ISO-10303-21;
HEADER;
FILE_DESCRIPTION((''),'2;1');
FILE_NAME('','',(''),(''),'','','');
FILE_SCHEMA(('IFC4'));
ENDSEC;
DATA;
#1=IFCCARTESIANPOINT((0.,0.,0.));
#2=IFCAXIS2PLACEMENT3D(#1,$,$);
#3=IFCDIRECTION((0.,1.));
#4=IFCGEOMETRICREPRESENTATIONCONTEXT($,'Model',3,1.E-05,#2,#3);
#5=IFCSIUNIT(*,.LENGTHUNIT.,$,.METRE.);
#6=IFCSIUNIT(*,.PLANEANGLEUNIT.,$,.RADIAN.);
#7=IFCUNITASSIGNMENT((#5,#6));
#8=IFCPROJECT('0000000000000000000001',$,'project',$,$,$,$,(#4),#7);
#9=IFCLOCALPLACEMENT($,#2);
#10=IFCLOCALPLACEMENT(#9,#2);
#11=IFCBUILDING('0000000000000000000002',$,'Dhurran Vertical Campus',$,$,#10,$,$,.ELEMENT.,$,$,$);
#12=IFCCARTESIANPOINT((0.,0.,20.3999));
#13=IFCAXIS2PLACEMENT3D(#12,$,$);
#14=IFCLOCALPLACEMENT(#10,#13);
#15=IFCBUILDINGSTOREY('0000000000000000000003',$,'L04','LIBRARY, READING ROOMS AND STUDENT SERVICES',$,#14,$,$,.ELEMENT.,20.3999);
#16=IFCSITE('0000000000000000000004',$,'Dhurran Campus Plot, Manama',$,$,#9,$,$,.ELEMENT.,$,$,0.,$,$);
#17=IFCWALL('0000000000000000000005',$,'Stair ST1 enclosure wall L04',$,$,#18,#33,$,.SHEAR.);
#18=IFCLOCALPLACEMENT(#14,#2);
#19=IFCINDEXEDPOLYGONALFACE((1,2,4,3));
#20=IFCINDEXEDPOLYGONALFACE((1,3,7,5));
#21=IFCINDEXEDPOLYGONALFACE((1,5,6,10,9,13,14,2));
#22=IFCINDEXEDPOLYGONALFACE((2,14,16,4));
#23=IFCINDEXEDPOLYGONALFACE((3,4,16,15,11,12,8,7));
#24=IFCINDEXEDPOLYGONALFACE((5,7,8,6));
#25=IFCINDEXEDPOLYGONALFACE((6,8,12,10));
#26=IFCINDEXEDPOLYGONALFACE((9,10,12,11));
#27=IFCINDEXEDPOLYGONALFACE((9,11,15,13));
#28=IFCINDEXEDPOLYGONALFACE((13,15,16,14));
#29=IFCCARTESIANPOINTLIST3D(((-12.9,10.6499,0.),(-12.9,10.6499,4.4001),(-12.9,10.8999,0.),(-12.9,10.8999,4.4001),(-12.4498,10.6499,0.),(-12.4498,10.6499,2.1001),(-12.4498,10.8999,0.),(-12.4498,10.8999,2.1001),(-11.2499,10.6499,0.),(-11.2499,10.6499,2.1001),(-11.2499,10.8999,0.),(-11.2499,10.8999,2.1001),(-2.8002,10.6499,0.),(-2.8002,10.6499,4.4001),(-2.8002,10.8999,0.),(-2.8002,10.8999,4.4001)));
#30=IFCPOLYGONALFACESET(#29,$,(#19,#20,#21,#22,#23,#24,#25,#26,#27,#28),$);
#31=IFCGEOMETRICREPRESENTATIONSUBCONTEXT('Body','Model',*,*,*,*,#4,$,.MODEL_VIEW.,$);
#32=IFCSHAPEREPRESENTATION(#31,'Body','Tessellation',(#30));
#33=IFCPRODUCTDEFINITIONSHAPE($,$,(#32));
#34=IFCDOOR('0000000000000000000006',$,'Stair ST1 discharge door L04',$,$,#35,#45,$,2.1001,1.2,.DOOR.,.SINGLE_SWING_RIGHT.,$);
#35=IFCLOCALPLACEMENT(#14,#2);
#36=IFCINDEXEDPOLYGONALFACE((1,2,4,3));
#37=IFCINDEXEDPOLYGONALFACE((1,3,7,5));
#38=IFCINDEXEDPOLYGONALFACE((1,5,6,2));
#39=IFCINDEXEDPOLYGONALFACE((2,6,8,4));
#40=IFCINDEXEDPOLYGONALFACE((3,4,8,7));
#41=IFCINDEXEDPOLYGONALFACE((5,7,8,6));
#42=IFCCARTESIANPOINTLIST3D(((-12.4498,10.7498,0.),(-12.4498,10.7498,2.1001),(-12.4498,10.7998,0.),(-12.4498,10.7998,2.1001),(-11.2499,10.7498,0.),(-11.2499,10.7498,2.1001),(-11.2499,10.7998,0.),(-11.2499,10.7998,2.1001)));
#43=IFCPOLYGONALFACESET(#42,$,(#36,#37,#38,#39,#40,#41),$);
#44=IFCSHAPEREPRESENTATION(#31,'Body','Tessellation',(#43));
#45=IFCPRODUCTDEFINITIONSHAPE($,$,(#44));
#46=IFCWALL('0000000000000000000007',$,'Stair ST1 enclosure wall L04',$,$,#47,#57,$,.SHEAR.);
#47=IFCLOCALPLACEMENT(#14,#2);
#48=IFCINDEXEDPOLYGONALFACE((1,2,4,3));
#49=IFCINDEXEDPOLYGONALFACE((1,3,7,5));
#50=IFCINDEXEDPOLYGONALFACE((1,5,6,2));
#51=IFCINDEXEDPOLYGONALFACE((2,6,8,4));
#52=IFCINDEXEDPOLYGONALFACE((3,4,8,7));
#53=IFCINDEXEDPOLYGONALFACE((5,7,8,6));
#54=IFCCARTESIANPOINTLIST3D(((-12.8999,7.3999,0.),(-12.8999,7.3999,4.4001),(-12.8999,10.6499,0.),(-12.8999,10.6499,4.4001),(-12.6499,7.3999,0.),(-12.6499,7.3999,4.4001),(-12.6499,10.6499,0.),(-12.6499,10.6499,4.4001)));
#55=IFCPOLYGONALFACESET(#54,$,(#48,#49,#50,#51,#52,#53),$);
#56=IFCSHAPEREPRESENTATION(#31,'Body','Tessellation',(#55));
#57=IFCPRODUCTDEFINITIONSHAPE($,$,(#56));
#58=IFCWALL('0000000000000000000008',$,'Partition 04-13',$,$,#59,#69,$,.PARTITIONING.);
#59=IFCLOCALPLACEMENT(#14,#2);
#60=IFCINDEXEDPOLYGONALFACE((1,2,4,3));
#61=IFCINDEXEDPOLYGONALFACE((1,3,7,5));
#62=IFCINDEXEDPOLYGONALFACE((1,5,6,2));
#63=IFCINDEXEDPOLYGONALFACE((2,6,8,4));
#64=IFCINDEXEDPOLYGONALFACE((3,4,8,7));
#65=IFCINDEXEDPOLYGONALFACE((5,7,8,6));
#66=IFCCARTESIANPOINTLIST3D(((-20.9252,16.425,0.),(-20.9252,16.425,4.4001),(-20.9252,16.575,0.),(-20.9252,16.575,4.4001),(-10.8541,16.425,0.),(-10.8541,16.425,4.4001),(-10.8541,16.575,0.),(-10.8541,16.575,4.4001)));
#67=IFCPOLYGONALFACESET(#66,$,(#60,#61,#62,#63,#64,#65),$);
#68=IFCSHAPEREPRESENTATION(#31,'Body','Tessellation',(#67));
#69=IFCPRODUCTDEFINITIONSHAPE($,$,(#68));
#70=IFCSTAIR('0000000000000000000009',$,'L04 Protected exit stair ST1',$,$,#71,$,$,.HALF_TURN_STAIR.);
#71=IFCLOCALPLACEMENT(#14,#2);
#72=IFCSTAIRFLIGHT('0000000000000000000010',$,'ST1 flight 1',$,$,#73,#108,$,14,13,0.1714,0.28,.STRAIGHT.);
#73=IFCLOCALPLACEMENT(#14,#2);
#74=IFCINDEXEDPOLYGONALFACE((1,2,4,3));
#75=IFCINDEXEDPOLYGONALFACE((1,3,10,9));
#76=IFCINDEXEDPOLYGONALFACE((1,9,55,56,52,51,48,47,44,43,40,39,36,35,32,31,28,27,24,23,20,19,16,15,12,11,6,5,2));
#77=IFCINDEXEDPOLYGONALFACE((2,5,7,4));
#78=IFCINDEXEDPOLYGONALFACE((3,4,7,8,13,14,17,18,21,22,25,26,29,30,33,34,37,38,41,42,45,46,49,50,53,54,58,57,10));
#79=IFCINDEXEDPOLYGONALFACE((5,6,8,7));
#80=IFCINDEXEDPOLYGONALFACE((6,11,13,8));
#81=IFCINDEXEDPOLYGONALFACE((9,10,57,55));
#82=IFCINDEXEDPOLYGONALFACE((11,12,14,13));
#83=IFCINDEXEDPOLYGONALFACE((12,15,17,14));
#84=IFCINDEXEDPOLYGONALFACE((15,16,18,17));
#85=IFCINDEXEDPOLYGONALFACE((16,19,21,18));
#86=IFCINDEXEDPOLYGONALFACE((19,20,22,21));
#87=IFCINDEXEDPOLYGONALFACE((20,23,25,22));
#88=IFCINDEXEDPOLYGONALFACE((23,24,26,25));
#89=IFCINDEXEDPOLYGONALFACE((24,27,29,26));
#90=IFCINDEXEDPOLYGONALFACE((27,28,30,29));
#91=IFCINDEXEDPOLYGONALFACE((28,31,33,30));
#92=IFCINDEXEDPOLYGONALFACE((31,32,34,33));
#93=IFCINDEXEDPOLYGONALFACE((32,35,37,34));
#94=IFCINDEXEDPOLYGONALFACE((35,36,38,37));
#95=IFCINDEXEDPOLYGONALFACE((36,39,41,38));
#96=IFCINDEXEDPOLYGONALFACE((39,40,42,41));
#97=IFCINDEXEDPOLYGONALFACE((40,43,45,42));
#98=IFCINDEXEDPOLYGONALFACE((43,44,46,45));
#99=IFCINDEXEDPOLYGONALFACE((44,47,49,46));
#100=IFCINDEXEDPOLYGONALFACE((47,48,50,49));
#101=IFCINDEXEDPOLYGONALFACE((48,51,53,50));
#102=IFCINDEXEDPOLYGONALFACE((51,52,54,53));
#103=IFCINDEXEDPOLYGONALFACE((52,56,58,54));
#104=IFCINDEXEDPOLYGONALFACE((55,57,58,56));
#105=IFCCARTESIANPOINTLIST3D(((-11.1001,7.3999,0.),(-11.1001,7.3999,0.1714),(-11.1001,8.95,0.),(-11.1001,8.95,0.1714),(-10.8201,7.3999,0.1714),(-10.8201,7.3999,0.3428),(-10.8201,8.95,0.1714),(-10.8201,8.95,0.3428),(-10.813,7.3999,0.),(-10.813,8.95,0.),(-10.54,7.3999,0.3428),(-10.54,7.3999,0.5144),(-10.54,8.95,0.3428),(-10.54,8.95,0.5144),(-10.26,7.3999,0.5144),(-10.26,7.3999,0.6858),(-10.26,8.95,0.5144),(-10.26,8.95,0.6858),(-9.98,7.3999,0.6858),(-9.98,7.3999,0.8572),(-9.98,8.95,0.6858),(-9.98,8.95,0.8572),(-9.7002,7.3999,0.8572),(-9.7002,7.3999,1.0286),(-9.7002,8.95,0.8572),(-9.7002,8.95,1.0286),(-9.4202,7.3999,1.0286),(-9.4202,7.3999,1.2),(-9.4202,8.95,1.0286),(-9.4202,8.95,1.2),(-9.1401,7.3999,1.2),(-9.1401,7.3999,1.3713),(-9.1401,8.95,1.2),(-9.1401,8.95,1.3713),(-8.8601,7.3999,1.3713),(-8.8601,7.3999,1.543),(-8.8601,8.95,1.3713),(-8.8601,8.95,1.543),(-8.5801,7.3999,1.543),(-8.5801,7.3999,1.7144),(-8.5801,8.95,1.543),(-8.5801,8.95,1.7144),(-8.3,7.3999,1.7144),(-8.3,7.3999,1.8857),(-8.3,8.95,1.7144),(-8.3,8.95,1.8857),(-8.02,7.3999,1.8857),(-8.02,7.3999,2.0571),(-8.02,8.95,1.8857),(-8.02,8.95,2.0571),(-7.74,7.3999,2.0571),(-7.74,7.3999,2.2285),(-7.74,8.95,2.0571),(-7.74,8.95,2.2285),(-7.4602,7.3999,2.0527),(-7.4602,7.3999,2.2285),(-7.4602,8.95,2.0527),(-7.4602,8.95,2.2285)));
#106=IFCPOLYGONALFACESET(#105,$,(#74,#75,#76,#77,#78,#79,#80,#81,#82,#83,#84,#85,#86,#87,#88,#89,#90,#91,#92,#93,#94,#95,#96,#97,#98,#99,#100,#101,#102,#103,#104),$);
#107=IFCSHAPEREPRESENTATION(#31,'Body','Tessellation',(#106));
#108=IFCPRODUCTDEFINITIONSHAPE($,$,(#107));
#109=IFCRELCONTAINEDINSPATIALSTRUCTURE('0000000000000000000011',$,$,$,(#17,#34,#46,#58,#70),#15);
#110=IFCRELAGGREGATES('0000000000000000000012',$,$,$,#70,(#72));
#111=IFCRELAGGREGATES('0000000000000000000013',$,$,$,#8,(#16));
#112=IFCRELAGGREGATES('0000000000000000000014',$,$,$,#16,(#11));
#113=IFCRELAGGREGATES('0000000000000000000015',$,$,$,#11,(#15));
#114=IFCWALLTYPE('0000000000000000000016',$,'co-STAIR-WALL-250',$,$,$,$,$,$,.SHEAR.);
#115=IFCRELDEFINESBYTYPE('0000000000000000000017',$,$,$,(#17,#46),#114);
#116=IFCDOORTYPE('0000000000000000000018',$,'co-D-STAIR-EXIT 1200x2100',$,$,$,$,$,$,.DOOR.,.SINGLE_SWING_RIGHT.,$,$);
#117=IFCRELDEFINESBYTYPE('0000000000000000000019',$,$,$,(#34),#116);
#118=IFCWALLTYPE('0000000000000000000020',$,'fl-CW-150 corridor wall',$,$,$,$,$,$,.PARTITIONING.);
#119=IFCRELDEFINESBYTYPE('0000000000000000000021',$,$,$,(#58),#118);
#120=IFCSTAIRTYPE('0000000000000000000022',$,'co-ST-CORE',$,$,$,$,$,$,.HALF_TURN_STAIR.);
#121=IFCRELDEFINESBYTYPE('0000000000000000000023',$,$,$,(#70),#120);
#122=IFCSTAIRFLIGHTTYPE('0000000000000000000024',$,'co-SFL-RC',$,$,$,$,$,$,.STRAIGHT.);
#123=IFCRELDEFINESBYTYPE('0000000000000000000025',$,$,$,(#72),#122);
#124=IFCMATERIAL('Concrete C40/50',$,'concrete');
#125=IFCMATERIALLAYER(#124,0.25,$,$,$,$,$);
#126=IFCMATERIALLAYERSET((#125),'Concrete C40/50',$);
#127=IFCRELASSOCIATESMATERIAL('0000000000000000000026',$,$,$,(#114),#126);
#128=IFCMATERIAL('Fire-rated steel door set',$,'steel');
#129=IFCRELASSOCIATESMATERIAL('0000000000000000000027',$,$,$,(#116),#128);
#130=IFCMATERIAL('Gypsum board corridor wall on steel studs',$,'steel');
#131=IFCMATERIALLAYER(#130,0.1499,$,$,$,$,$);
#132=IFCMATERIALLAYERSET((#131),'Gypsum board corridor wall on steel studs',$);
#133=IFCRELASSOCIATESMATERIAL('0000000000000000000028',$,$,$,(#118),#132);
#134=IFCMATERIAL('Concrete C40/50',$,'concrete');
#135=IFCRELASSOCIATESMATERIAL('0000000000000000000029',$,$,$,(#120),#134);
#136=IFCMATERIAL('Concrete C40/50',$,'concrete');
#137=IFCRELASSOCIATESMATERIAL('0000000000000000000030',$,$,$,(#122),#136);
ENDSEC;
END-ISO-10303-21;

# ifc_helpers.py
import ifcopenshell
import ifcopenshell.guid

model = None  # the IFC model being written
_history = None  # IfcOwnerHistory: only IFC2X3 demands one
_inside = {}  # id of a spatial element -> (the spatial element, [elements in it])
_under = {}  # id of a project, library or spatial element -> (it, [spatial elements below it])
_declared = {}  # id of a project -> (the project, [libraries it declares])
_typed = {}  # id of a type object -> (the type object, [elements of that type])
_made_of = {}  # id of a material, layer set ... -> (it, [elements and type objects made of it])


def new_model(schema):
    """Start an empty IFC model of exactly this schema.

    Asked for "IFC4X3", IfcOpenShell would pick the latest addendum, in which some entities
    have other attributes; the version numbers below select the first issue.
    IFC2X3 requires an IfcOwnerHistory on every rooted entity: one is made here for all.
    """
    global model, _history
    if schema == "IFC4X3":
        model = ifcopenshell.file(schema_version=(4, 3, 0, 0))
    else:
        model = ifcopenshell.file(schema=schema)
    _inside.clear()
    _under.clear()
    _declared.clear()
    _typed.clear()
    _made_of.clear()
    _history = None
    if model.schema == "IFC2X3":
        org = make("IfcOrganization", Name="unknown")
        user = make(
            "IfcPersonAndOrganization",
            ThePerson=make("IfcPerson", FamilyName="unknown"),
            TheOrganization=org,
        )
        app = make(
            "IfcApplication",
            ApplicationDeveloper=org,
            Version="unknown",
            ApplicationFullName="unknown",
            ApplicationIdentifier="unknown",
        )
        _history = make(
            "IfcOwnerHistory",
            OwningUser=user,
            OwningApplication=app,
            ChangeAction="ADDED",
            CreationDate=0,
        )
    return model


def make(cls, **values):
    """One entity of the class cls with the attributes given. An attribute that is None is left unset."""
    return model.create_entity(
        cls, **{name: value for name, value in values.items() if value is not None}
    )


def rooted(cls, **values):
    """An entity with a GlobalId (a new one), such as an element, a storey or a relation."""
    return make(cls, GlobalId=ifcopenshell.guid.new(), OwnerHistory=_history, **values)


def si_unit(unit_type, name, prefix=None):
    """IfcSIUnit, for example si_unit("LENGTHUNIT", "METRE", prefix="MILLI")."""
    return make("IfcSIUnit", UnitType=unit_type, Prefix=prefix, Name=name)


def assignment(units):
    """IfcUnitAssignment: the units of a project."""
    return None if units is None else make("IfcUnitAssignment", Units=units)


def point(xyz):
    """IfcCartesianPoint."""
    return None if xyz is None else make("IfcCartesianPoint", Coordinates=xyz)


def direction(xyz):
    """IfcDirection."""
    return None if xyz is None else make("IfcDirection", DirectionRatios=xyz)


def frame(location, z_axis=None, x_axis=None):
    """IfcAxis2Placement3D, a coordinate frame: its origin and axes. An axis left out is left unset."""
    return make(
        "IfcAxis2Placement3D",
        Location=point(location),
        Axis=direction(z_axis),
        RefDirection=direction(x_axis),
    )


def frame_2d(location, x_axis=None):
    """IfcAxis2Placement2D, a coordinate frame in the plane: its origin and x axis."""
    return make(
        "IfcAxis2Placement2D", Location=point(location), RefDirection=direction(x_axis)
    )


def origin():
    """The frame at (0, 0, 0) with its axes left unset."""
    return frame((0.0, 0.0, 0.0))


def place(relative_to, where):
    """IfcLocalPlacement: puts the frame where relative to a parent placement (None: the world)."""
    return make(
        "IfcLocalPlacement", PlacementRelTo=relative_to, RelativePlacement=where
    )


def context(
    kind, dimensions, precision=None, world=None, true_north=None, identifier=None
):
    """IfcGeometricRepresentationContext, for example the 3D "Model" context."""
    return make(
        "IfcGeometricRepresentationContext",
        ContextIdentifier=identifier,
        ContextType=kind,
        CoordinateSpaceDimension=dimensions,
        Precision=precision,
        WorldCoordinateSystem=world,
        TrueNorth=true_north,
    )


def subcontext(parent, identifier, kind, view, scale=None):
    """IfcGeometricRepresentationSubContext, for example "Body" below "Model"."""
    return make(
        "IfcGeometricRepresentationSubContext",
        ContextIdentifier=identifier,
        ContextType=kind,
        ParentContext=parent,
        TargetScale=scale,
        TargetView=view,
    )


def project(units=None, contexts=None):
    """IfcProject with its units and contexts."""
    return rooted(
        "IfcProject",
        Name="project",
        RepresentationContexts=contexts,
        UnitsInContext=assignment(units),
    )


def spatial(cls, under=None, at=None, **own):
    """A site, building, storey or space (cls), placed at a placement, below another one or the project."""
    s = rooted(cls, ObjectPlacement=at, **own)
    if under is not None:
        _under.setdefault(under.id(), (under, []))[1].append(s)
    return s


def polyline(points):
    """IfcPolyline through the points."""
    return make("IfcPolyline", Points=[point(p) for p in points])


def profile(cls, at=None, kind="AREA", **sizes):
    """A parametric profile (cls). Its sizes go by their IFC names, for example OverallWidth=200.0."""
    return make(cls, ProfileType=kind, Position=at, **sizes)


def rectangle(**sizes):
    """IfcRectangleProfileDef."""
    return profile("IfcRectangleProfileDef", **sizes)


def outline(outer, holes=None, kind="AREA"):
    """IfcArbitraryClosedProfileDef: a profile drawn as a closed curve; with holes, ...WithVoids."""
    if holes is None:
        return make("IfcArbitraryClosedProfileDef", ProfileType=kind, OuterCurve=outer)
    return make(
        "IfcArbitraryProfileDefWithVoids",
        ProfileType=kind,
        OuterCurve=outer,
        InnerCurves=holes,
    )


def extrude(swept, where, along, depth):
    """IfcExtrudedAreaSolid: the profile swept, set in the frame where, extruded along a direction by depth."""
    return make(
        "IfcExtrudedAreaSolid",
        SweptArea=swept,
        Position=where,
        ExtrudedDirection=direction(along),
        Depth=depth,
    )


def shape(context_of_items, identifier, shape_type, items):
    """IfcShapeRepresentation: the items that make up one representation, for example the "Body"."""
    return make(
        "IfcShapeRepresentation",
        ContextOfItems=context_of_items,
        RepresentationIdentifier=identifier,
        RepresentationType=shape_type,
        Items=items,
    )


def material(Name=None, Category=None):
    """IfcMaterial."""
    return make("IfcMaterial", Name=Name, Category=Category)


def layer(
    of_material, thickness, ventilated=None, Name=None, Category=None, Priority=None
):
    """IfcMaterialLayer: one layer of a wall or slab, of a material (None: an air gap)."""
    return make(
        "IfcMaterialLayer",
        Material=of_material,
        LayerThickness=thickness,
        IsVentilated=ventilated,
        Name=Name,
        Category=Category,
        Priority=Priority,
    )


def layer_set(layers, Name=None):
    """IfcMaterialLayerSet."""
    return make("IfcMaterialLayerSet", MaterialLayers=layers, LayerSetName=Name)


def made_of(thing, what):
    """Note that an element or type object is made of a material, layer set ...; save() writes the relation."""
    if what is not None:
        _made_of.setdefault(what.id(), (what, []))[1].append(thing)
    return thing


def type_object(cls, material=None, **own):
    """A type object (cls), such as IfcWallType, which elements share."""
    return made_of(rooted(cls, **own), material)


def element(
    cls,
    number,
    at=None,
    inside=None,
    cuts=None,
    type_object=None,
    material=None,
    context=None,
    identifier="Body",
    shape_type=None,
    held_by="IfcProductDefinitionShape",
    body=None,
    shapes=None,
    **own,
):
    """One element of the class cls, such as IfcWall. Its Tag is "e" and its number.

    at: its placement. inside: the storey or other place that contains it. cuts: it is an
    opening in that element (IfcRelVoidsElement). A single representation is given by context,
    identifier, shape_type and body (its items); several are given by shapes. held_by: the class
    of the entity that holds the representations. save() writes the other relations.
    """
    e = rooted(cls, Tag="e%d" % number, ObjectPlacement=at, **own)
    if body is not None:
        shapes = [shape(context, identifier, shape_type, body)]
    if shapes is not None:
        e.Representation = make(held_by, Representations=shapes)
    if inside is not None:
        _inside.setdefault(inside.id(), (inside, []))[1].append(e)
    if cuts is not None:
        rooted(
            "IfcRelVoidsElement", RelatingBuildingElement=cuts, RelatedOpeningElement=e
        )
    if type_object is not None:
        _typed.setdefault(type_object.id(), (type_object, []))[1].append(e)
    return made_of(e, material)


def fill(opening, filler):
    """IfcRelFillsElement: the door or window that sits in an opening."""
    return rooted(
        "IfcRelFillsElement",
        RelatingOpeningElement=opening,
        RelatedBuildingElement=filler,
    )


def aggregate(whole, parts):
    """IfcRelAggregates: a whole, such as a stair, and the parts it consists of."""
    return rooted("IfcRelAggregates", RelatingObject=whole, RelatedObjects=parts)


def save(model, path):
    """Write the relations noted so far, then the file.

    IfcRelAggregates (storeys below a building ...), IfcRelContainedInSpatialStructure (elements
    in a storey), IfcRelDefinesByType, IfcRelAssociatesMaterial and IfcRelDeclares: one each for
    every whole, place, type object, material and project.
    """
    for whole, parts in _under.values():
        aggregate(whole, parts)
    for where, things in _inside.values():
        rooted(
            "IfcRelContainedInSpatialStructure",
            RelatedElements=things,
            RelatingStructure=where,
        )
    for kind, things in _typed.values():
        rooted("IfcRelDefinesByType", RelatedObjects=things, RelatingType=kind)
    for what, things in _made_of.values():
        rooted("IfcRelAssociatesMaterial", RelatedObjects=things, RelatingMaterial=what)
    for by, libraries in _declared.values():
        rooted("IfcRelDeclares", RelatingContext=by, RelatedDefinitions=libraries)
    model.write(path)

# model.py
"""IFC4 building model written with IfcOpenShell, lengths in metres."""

from ifc_helpers import new_model, si_unit, direction, frame, frame_2d, origin, place, context, subcontext, project, spatial, polyline, rectangle, outline, extrude, material, layer, layer_set, type_object, element, fill, aggregate, save


model = new_model("IFC4")

# Units and contexts
model_context = context("Model", 3, precision=1e-05, world=origin(), true_north=direction((0.0, 1.0)))
body_context = subcontext(model_context, "Body", "Model", "MODEL_VIEW")
ifc_project = project(units=[si_unit("LENGTHUNIT", "METRE"), si_unit("PLANEANGLEUNIT", "RADIAN")], contexts=[model_context])

# Site, building, storey
site_placement = place(None, origin())
site = spatial("IfcSite", under=ifc_project, at=site_placement, Name="Dhurran Campus Plot, Manama", CompositionType="ELEMENT", RefElevation=0.0)
building_placement = place(site_placement, origin())
building = spatial("IfcBuilding", under=site, at=building_placement, Name="Dhurran Vertical Campus", CompositionType="ELEMENT")
storey_placement = place(building_placement, frame((0.0, 0.0, 20.3999)))
storey = spatial("IfcBuildingStorey", under=building, at=storey_placement, Name="L04", Description="LIBRARY, READING ROOMS AND STUDENT SERVICES", CompositionType="ELEMENT", Elevation=20.3999)

# Wall, opening, door
ifc_material_1 = material(Name="Concrete C40/50", Category="concrete")
ifc_layer_1 = layer(ifc_material_1, 0.25)
ifc_layer_set_1 = layer_set([ifc_layer_1], Name="Concrete C40/50")
wall_type_1 = type_object("IfcWallType", Name="co-STAIR-WALL-250", PredefinedType="SHEAR", material=ifc_layer_set_1)
wall_1_placement = place(storey_placement, frame((-12.8999, 10.7749, 0.0), z_axis=(0.0, 0.0, 1.0), x_axis=(1.0, 0.0, 0.0)))
wall_1 = element("IfcWall", 1, at=wall_1_placement, inside=storey, type_object=wall_type_1, Name="Stair ST1 enclosure wall L04", PredefinedType="SHEAR", context=body_context, shape_type="SweptSolid", body=[
    extrude(rectangle(XDim=10.0999, YDim=0.25, at=frame_2d((5.0498, 0.0))), origin(), (0.0, 0.0, 1.0), 4.4001),
])
opening_1_placement = place(wall_1_placement, frame((0.45, 0.0, 0.0)))
opening_1 = element("IfcOpeningElement", 2, at=opening_1_placement, cuts=wall_1, PredefinedType="OPENING", context=body_context, shape_type="SweptSolid", body=[
    extrude(rectangle(XDim=1.2, YDim=2.1001, at=frame_2d((0.6001, 1.05))), frame((0.0, 0.135, 0.0), z_axis=(0.0, -1.0, 0.0), x_axis=(1.0, 0.0, 0.0)), (0.0, 0.0, 1.0), 0.27),
])
ifc_material_2 = material(Name="Fire-rated steel door set", Category="steel")
door_type_1 = type_object("IfcDoorType", Name="co-D-STAIR-EXIT 1200x2100", OperationType="SINGLE_SWING_RIGHT", PredefinedType="DOOR", material=ifc_material_2)
door_1_placement = place(opening_1_placement, origin())
door_1 = element("IfcDoor", 3, at=door_1_placement, inside=storey, type_object=door_type_1, Name="Stair ST1 discharge door L04", OperationType="SINGLE_SWING_RIGHT", OverallHeight=2.1001, OverallWidth=1.2, PredefinedType="DOOR", context=body_context, shape_type="SweptSolid", body=[
    extrude(rectangle(XDim=1.2, YDim=2.1001, at=frame_2d((0.6001, 1.05))), frame((0.0, 0.0249, 0.0), z_axis=(0.0, -1.0, 0.0), x_axis=(1.0, 0.0, 0.0)), (0.0, 0.0, 1.0), 0.05),
])
fill(opening_1, door_1)

# Walls
wall_2_placement = place(storey_placement, frame((-12.7749, 7.3999, 0.0), z_axis=(0.0, 0.0, 1.0), x_axis=(0.0, 1.0, 0.0)))
element("IfcWall", 4, at=wall_2_placement, inside=storey, type_object=wall_type_1, Name="Stair ST1 enclosure wall L04", PredefinedType="SHEAR", context=body_context, shape_type="SweptSolid", body=[
    extrude(rectangle(XDim=3.25, YDim=0.25, at=frame_2d((1.625, 0.0))), origin(), (0.0, 0.0, 1.0), 4.4001),
])
ifc_material_3 = material(Name="Gypsum board corridor wall on steel studs", Category="steel")
ifc_layer_2 = layer(ifc_material_3, 0.1499)
ifc_layer_set_2 = layer_set([ifc_layer_2], Name="Gypsum board corridor wall on steel studs")
wall_type_2 = type_object("IfcWallType", Name="fl-CW-150 corridor wall", PredefinedType="PARTITIONING", material=ifc_layer_set_2)
wall_3_placement = place(storey_placement, frame((-10.854, 16.5, 0.0), z_axis=(0.0, 0.0, 1.0), x_axis=(-1.0, 0.0, 0.0)))
element("IfcWall", 5, at=wall_3_placement, inside=storey, type_object=wall_type_2, Name="Partition 04-13", PredefinedType="PARTITIONING", context=body_context, shape_type="SweptSolid", body=[
    extrude(rectangle(XDim=10.071, YDim=0.1499, at=frame_2d((5.0356, 0.0))), origin(), (0.0, 0.0, 1.0), 4.4001),
])

# Stair, stair flight
ifc_material_4 = material(Name="Concrete C40/50", Category="concrete")
stair_type = type_object("IfcStairType", Name="co-ST-CORE", PredefinedType="HALF_TURN_STAIR", material=ifc_material_4)
stair_placement = place(storey_placement, origin())
stair = element("IfcStair", 6, at=stair_placement, inside=storey, type_object=stair_type, Name="L04 Protected exit stair ST1", PredefinedType="HALF_TURN_STAIR")
ifc_material_5 = material(Name="Concrete C40/50", Category="concrete")
stair_flight_type = type_object("IfcStairFlightType", Name="co-SFL-RC", PredefinedType="STRAIGHT", material=ifc_material_5)
stair_flight_placement = place(storey_placement, frame((-11.1001, 8.175, 0.0), z_axis=(0.0, 0.0, 1.0), x_axis=(1.0, 0.0, 0.0)))
stair_flight = element("IfcStairFlight", 7, at=stair_flight_placement, type_object=stair_flight_type, Name="ST1 flight 1", NumberOfRisers=14, NumberOfTreads=13, PredefinedType="STRAIGHT", RiserHeight=0.1714, TreadLength=0.28, context=body_context, shape_type="SweptSolid", body=[
    extrude(outline(polyline([(0.0, 0.0), (0.0, 0.1714), (0.28, 0.1714), (0.28, 0.3428), (0.5601, 0.3428), (0.5601, 0.5144), (0.8401, 0.5144), (0.8401, 0.6858), (1.1201, 0.6858), (1.1201, 0.8572), (1.3999, 0.8572), (1.3999, 1.0286), (1.6799, 1.0286), (1.6799, 1.2), (1.96, 1.2), (1.96, 1.3713), (2.24, 1.3713), (2.24, 1.543), (2.52, 1.543), (2.52, 1.7144), (2.8, 1.7144), (2.8, 1.8857), (3.0801, 1.8857), (3.0801, 2.0571), (3.3601, 2.0571), (3.3601, 2.2285), (3.6399, 2.2285), (3.6399, 2.3999), (3.6399, 2.0527), (0.2871, 0.0), (0.0, 0.0)])), frame((0.0, 0.7749, 0.0), z_axis=(0.0, -1.0, 0.0), x_axis=(1.0, 0.0, 0.0)), (0.0, 0.0, 1.0), 1.55),
])
aggregate(stair, [stair_flight])

save(model, "model.ifc")
